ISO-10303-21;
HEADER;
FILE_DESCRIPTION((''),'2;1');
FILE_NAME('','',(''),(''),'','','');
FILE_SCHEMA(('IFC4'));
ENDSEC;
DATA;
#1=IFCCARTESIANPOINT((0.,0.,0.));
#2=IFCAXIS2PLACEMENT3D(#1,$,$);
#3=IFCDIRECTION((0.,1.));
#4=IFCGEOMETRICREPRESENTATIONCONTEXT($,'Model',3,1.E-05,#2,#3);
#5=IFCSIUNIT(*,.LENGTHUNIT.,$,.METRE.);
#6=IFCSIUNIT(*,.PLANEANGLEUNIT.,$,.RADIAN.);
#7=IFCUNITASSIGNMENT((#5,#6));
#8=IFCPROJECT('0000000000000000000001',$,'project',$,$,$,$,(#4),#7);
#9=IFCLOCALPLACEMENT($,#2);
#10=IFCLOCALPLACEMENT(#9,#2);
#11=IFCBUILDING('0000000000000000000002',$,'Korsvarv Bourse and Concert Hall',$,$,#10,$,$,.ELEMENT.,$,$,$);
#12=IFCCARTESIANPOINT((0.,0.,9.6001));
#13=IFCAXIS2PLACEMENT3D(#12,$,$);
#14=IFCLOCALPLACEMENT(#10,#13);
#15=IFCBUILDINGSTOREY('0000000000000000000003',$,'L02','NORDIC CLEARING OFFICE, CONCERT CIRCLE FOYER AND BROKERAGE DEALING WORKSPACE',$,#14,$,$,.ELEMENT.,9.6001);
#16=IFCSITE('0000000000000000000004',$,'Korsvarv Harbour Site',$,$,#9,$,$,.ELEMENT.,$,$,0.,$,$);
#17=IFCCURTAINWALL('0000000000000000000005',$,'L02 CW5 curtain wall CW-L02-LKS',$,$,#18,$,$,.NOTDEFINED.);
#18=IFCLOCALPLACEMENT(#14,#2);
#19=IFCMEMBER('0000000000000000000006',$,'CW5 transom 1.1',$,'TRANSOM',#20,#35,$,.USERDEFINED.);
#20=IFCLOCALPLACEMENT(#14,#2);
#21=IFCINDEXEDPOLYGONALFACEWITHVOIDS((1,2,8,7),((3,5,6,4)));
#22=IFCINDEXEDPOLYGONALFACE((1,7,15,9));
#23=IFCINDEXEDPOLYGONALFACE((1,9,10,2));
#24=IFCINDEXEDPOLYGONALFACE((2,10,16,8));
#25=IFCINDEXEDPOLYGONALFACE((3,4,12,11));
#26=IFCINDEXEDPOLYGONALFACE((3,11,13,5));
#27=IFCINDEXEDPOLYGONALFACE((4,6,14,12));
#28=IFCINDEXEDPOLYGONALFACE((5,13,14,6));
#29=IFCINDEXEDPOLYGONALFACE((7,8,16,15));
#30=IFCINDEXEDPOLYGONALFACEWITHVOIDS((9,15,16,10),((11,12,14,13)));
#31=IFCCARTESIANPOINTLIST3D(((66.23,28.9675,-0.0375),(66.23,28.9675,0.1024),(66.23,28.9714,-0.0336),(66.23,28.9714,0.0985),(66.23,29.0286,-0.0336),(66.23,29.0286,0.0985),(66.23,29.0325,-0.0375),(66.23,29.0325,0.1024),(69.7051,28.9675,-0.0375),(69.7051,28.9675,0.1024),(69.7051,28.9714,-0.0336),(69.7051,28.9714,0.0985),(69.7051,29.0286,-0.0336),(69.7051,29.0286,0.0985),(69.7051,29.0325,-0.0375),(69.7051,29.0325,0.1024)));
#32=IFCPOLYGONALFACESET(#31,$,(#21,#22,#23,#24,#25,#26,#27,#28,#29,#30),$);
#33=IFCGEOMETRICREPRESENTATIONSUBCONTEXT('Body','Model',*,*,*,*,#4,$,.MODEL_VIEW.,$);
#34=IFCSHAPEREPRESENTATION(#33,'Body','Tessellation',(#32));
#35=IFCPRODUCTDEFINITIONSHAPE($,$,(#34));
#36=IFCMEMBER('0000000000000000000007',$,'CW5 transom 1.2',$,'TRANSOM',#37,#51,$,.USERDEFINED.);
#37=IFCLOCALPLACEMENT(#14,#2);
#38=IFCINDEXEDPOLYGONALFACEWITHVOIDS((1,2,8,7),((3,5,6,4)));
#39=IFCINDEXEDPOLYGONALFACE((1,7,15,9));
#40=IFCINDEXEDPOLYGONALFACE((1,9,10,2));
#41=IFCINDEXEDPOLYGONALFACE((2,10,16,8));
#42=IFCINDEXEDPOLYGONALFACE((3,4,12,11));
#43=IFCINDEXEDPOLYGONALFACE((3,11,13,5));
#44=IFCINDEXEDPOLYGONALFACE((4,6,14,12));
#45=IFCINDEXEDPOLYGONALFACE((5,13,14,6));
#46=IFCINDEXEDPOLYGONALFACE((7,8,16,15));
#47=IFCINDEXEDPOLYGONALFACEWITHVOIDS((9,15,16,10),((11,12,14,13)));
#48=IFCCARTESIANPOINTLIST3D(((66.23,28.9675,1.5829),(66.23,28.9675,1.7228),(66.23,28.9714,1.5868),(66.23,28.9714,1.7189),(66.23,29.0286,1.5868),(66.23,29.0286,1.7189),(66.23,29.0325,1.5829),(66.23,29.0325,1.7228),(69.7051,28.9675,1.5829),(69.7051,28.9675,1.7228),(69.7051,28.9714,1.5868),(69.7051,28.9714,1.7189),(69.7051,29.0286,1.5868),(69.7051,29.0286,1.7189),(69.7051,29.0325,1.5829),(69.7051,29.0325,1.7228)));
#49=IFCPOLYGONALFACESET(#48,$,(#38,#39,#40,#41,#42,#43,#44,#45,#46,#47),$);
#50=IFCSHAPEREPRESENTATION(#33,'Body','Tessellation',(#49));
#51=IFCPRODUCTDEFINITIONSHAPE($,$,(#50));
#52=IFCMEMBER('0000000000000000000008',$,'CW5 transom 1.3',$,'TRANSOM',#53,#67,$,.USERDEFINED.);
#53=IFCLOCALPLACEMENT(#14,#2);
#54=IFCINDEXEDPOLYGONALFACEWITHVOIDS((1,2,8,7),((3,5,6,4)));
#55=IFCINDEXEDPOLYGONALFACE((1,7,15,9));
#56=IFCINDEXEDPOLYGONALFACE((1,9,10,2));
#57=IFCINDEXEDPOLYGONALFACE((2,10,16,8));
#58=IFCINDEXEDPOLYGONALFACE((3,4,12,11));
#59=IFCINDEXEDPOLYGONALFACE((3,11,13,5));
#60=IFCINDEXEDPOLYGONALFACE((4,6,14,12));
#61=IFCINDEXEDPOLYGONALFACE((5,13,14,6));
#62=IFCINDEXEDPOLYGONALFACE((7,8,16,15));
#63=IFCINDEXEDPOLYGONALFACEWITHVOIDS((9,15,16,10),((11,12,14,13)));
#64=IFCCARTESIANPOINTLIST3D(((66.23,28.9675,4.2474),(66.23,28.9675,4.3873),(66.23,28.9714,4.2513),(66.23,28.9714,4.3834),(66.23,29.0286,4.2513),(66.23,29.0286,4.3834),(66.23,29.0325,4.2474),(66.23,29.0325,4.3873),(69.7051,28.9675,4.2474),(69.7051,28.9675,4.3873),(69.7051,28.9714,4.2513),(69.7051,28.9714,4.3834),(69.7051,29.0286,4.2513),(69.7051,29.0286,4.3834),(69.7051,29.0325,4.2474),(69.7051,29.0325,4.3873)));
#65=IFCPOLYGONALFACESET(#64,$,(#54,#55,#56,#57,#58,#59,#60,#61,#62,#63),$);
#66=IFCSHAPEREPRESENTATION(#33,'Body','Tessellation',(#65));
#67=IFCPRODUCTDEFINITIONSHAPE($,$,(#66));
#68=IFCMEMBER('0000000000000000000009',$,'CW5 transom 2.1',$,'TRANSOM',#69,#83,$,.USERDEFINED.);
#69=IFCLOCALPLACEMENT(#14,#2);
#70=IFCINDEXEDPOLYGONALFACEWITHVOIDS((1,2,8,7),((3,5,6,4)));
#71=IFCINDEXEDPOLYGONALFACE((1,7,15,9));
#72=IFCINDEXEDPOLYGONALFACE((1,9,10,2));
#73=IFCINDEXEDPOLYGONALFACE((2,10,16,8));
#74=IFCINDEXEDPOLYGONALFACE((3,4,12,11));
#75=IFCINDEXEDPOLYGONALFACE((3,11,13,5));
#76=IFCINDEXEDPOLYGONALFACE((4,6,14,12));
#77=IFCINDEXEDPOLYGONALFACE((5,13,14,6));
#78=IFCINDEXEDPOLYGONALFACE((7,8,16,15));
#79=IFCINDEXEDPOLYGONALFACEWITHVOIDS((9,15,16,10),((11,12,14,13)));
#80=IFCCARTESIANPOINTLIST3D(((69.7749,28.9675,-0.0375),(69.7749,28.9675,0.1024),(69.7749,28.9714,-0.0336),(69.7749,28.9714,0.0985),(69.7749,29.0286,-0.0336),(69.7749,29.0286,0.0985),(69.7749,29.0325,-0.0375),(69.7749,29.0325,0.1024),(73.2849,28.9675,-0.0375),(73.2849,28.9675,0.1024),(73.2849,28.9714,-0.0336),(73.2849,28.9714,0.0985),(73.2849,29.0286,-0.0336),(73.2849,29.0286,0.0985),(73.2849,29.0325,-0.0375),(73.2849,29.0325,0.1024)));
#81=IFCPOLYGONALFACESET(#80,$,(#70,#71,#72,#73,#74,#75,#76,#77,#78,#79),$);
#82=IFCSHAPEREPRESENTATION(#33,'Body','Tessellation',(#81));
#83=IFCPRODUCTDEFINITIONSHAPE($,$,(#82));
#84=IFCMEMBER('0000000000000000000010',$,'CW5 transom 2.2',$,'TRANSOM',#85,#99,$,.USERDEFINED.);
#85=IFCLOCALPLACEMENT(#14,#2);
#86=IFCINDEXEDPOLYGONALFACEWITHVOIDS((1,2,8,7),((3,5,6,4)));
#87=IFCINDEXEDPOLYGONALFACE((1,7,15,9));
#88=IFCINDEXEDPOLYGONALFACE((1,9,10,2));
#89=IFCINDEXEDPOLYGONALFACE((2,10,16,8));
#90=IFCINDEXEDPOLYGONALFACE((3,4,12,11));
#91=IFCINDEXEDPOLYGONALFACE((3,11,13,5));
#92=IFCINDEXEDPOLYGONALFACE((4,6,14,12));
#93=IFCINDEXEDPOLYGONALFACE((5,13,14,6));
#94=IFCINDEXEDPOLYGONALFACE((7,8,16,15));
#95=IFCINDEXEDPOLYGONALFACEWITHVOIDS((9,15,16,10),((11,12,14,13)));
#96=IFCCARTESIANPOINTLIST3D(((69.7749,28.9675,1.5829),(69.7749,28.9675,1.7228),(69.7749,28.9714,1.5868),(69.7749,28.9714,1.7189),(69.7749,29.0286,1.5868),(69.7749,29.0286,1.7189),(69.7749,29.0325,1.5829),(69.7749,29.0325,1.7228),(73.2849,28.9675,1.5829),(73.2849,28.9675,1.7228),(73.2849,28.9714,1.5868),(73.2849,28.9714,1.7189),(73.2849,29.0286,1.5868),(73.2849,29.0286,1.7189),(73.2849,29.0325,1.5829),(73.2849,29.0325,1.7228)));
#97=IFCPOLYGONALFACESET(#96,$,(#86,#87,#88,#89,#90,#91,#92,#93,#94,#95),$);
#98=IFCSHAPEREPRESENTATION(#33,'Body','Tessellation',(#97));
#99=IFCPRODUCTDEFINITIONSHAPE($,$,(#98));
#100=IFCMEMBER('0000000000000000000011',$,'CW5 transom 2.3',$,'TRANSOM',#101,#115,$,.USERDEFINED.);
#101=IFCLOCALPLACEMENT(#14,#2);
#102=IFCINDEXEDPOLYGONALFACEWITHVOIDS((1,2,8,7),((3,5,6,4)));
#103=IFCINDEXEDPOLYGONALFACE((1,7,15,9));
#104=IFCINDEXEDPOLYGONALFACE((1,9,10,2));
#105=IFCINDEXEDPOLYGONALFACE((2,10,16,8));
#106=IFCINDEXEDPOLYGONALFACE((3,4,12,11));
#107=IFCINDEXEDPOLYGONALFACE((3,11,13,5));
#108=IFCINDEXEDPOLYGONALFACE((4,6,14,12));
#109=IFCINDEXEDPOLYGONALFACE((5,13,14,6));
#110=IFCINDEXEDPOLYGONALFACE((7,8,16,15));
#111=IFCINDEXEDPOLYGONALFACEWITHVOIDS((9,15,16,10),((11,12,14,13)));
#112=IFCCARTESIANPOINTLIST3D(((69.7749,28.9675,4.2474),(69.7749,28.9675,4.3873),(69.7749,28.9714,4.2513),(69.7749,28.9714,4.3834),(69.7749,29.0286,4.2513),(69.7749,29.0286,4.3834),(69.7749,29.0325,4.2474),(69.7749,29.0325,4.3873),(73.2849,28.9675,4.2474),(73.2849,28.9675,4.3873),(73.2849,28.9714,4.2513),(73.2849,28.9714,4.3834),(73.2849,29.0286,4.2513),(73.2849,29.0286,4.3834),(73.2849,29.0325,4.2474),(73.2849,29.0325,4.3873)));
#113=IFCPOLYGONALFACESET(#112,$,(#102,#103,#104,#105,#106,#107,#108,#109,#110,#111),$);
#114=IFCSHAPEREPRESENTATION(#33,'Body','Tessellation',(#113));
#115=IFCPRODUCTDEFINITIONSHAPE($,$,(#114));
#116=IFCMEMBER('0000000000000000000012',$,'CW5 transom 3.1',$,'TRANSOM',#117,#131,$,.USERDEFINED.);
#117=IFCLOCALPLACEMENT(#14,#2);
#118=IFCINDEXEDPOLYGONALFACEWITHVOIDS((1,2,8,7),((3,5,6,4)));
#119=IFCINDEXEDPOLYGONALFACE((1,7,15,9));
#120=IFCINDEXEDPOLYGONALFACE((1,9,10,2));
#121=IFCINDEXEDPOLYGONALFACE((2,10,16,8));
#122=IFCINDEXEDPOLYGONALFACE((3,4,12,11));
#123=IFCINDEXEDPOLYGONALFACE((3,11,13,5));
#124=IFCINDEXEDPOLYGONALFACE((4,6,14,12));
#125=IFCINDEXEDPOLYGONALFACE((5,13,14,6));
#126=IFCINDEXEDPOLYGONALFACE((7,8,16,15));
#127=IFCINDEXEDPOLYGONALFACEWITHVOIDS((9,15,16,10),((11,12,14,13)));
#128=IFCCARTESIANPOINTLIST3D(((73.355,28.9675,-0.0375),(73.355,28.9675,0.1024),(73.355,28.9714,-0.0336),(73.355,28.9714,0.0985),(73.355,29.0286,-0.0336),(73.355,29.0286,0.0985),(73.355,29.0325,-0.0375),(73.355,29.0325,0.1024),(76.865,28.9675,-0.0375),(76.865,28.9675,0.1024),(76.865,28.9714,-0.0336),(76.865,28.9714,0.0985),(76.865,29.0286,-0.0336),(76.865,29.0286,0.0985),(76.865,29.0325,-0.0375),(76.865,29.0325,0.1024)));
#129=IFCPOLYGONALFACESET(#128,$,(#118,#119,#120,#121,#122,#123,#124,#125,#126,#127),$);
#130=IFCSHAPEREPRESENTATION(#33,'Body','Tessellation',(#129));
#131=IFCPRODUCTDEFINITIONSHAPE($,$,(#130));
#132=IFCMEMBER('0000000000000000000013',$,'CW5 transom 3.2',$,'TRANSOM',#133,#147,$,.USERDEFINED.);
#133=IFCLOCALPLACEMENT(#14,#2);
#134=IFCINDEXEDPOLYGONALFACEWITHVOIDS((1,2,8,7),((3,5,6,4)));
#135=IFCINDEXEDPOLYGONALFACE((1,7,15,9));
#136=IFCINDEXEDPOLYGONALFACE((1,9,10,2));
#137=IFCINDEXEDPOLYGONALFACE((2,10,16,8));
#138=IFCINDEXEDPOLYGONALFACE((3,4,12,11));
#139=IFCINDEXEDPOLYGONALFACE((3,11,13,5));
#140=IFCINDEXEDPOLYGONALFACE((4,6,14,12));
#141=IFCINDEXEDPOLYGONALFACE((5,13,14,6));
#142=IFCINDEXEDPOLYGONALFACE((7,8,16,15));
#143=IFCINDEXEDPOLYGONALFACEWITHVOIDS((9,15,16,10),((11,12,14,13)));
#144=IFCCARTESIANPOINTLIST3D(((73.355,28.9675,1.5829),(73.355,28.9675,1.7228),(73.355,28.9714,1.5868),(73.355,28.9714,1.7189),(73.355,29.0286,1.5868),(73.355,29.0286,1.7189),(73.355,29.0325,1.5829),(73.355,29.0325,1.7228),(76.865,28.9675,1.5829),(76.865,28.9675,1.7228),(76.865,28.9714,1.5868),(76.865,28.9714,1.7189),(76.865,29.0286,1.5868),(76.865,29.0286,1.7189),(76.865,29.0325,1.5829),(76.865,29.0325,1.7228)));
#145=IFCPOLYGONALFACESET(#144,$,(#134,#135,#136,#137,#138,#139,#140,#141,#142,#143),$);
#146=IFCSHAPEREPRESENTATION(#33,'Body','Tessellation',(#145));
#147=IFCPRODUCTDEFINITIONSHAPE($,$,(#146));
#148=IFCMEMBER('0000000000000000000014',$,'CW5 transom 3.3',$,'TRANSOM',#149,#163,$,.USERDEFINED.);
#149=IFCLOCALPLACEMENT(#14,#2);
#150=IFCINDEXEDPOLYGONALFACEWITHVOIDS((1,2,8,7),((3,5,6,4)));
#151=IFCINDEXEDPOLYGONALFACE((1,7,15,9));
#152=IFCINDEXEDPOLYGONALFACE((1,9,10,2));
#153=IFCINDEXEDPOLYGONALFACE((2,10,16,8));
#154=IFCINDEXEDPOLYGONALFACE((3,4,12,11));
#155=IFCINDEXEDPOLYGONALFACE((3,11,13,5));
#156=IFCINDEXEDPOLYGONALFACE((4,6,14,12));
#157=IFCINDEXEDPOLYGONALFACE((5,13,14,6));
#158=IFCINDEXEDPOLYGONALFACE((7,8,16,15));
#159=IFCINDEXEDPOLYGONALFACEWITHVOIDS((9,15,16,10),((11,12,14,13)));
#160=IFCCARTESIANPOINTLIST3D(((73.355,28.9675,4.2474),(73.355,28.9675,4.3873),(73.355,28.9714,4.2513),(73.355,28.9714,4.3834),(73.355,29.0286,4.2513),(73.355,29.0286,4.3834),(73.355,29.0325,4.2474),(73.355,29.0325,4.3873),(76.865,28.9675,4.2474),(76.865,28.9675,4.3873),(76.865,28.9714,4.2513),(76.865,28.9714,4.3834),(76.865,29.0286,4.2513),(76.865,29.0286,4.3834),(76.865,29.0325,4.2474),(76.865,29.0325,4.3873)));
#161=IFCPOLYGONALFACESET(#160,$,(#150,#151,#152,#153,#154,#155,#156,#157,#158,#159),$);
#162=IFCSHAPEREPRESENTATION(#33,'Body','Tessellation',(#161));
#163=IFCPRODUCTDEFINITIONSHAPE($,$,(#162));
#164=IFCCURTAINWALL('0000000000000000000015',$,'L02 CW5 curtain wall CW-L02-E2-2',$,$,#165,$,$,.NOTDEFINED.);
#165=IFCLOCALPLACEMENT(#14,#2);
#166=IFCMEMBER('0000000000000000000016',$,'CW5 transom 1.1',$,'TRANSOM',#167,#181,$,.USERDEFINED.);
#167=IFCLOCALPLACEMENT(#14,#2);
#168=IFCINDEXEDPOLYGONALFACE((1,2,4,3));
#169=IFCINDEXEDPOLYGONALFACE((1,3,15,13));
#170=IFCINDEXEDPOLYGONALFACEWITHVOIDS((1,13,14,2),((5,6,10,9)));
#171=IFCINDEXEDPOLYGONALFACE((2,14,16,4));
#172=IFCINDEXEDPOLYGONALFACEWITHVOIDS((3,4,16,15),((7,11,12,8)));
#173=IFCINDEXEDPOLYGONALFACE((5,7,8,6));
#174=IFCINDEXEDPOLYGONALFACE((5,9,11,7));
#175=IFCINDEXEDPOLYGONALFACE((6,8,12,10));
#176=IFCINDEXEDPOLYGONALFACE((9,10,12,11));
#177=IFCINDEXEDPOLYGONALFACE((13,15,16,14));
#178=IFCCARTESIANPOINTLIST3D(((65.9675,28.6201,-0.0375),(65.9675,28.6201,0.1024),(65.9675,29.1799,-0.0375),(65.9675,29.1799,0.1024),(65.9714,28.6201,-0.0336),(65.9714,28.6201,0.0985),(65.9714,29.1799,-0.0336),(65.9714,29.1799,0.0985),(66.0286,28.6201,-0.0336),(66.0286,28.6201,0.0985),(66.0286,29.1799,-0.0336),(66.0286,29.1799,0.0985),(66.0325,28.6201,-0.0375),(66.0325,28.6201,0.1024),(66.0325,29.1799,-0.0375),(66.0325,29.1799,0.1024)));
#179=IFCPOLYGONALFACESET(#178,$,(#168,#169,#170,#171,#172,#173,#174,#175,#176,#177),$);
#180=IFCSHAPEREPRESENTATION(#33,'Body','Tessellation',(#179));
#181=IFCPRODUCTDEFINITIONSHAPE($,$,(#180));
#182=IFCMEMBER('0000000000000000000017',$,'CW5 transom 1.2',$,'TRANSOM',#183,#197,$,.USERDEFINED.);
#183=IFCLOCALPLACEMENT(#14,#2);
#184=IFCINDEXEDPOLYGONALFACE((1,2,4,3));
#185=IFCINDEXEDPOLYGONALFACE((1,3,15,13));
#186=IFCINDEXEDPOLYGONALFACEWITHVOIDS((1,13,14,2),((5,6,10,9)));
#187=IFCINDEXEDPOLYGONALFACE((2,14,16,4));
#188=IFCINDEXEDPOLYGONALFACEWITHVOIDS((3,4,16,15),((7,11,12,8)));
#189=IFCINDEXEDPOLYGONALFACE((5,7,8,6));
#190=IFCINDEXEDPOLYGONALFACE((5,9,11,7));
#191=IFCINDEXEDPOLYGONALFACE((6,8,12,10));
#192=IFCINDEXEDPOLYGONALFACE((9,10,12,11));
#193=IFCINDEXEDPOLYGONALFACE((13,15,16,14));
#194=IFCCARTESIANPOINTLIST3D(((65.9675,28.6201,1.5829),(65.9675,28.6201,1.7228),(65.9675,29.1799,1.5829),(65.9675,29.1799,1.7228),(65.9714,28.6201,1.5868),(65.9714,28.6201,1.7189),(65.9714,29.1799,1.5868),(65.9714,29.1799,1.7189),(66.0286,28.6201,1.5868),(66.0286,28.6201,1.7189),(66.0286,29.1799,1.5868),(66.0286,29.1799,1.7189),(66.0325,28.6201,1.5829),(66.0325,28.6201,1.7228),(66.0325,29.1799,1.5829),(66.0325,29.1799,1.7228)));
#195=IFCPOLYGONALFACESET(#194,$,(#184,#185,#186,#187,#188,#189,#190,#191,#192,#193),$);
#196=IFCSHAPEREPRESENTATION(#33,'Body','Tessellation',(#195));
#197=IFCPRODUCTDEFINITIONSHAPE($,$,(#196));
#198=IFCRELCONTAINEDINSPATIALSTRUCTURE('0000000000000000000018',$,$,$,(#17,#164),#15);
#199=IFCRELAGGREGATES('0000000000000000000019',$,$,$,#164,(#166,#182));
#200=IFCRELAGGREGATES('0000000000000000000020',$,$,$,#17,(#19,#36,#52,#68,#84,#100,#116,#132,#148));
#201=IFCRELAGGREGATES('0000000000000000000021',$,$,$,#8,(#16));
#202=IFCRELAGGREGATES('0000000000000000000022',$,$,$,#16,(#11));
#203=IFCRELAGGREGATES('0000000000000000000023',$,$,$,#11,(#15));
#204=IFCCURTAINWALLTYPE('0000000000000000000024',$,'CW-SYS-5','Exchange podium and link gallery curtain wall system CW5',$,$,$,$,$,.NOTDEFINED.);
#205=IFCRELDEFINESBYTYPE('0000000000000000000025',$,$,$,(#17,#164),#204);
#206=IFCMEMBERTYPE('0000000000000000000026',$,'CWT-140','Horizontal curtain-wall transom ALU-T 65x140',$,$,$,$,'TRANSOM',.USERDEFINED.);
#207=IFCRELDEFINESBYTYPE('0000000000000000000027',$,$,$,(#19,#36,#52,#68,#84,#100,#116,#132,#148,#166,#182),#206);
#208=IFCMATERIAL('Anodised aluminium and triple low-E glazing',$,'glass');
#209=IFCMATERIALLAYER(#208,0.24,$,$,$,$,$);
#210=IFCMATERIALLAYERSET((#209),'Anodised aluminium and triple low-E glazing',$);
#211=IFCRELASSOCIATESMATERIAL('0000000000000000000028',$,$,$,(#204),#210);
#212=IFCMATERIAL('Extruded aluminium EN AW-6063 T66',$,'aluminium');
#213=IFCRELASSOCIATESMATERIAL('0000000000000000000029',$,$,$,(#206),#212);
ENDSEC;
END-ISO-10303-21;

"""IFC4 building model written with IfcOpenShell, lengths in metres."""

from ifc_helpers import new_model, si_unit, direction, frame, origin, origin_2d, place, context, subcontext, project, spatial, hollow_rectangle, extrude, source, transform, mapped, material, layer, layer_set, material_profile, profile_set, type_object, element, aggregate, save


model = new_model("IFC4")

# Units and contexts
model_context = context("Model", 3, precision=1e-05, world=origin(), true_north=direction((0.0, 1.0)))
body_context = subcontext(model_context, "Body", "Model", "MODEL_VIEW")
ifc_project = project(units=[si_unit("LENGTHUNIT", "METRE"), si_unit("PLANEANGLEUNIT", "RADIAN")], contexts=[model_context])

# Site, building, storey
site_placement = place(None, origin())
site = spatial("IfcSite", under=ifc_project, at=site_placement, Name="Korsvarv Harbour Site", CompositionType="ELEMENT", RefElevation=0.0)
building_placement = place(site_placement, origin())
building = spatial("IfcBuilding", under=site, at=building_placement, Name="Korsvarv Bourse and Concert Hall", CompositionType="ELEMENT")
storey_placement = place(building_placement, frame((0.0, 0.0, 9.6001)))
storey = spatial("IfcBuildingStorey", under=building, at=storey_placement, Name="L02", Description="NORDIC CLEARING OFFICE, CONCERT CIRCLE FOYER AND BROKERAGE DEALING WORKSPACE", CompositionType="ELEMENT", Elevation=9.6001)

# Curtain walls, members
ifc_material_1 = material(Name="Anodised aluminium and triple low-E glazing", Category="glass")
ifc_layer_1 = layer(ifc_material_1, 0.24)
ifc_layer_set_1 = layer_set([ifc_layer_1], Name="Anodised aluminium and triple low-E glazing")
curtain_wall_type = type_object("IfcCurtainWallType", Name="CW-SYS-5", Description="Exchange podium and link gallery curtain wall system CW5", PredefinedType="NOTDEFINED", material=ifc_layer_set_1)
curtain_wall_1_placement = place(storey_placement, origin())
curtain_wall_1 = element("IfcCurtainWall", 1, at=curtain_wall_1_placement, inside=storey, type_object=curtain_wall_type, Name="L02 CW5 curtain wall CW-L02-LKS", PredefinedType="NOTDEFINED")
ifc_material_2 = material(Name="Extruded aluminium EN AW-6063 T66", Category="aluminium")
ifc_material_profile_1 = material_profile(ifc_material_2, hollow_rectangle(XDim=0.0649, YDim=0.1399, WallThickness=0.0039, at=origin_2d()), Name="ALU-T 65x140")
ifc_profile_set_1 = profile_set([ifc_material_profile_1], Name="Extruded aluminium EN AW-6063 T66")
member_type_1 = type_object("IfcMemberType", Name="CWT-140", Description="Horizontal curtain-wall transom ALU-T 65x140", ElementType="TRANSOM", PredefinedType="USERDEFINED", material=ifc_profile_set_1)
shared_shape_1 = source(origin(), body_context, "Body", "SweptSolid", [
    extrude(hollow_rectangle(XDim=0.0649, YDim=0.1399, WallThickness=0.0039, at=origin_2d()), origin(), (0.0, 0.0, 1.0), 3.4751),
])
member_1_placement = place(storey_placement, frame((66.23, 29.0, 0.0325), z_axis=(1.0, 0.0, 0.0), x_axis=(0.0, 1.0, 0.0)))
member_1 = element("IfcMember", 2, at=member_1_placement, type_object=member_type_1, Name="CW5 transom 1.1", ObjectType="TRANSOM", PredefinedType="USERDEFINED", context=body_context, shape_type="MappedRepresentation", body=[
    mapped(shared_shape_1, transform((0.0, 0.0, 0.0), scale=1.0)),
])
member_2_placement = place(storey_placement, frame((66.23, 29.0, 1.6528), z_axis=(1.0, 0.0, 0.0), x_axis=(0.0, 1.0, 0.0)))
member_2 = element("IfcMember", 3, at=member_2_placement, type_object=member_type_1, Name="CW5 transom 1.2", ObjectType="TRANSOM", PredefinedType="USERDEFINED", context=body_context, shape_type="MappedRepresentation", body=[
    mapped(shared_shape_1, transform((0.0, 0.0, 0.0), scale=1.0)),
])
member_3_placement = place(storey_placement, frame((66.23, 29.0, 4.3174), z_axis=(1.0, 0.0, 0.0), x_axis=(0.0, 1.0, 0.0)))
member_3 = element("IfcMember", 4, at=member_3_placement, type_object=member_type_1, Name="CW5 transom 1.3", ObjectType="TRANSOM", PredefinedType="USERDEFINED", context=body_context, shape_type="MappedRepresentation", body=[
    mapped(shared_shape_1, transform((0.0, 0.0, 0.0), scale=1.0)),
])
shared_shape_2 = source(origin(), body_context, "Body", "SweptSolid", [
    extrude(hollow_rectangle(XDim=0.0649, YDim=0.1399, WallThickness=0.0039, at=origin_2d()), origin(), (0.0, 0.0, 1.0), 3.51),
])
member_4_placement = place(storey_placement, frame((69.7749, 29.0, 0.0325), z_axis=(1.0, 0.0, 0.0), x_axis=(0.0, 1.0, 0.0)))
member_4 = element("IfcMember", 5, at=member_4_placement, type_object=member_type_1, Name="CW5 transom 2.1", ObjectType="TRANSOM", PredefinedType="USERDEFINED", context=body_context, shape_type="MappedRepresentation", body=[
    mapped(shared_shape_2, transform((0.0, 0.0, 0.0), scale=1.0)),
])
member_5_placement = place(storey_placement, frame((69.7749, 29.0, 1.6528), z_axis=(1.0, 0.0, 0.0), x_axis=(0.0, 1.0, 0.0)))
member_5 = element("IfcMember", 6, at=member_5_placement, type_object=member_type_1, Name="CW5 transom 2.2", ObjectType="TRANSOM", PredefinedType="USERDEFINED", context=body_context, shape_type="MappedRepresentation", body=[
    mapped(shared_shape_2, transform((0.0, 0.0, 0.0), scale=1.0)),
])
member_6_placement = place(storey_placement, frame((69.7749, 29.0, 4.3174), z_axis=(1.0, 0.0, 0.0), x_axis=(0.0, 1.0, 0.0)))
member_6 = element("IfcMember", 7, at=member_6_placement, type_object=member_type_1, Name="CW5 transom 2.3", ObjectType="TRANSOM", PredefinedType="USERDEFINED", context=body_context, shape_type="MappedRepresentation", body=[
    mapped(shared_shape_2, transform((0.0, 0.0, 0.0), scale=1.0)),
])
member_7_placement = place(storey_placement, frame((73.355, 29.0, 0.0325), z_axis=(1.0, 0.0, 0.0), x_axis=(0.0, 1.0, 0.0)))
member_7 = element("IfcMember", 8, at=member_7_placement, type_object=member_type_1, Name="CW5 transom 3.1", ObjectType="TRANSOM", PredefinedType="USERDEFINED", context=body_context, shape_type="MappedRepresentation", body=[
    mapped(shared_shape_2, transform((0.0, 0.0, 0.0), scale=1.0)),
])
member_8_placement = place(storey_placement, frame((73.355, 29.0, 1.6528), z_axis=(1.0, 0.0, 0.0), x_axis=(0.0, 1.0, 0.0)))
member_8 = element("IfcMember", 9, at=member_8_placement, type_object=member_type_1, Name="CW5 transom 3.2", ObjectType="TRANSOM", PredefinedType="USERDEFINED", context=body_context, shape_type="MappedRepresentation", body=[
    mapped(shared_shape_2, transform((0.0, 0.0, 0.0), scale=1.0)),
])
member_9_placement = place(storey_placement, frame((73.355, 29.0, 4.3174), z_axis=(1.0, 0.0, 0.0), x_axis=(0.0, 1.0, 0.0)))
member_9 = element("IfcMember", 10, at=member_9_placement, type_object=member_type_1, Name="CW5 transom 3.3", ObjectType="TRANSOM", PredefinedType="USERDEFINED", context=body_context, shape_type="MappedRepresentation", body=[
    mapped(shared_shape_2, transform((0.0, 0.0, 0.0), scale=1.0)),
])
curtain_wall_2_placement = place(storey_placement, origin())
curtain_wall_2 = element("IfcCurtainWall", 11, at=curtain_wall_2_placement, inside=storey, type_object=curtain_wall_type, Name="L02 CW5 curtain wall CW-L02-E2-2", PredefinedType="NOTDEFINED")
shared_shape_3 = source(origin(), body_context, "Body", "SweptSolid", [
    extrude(hollow_rectangle(XDim=0.0649, YDim=0.1399, WallThickness=0.0039, at=origin_2d()), origin(), (0.0, 0.0, 1.0), 0.5598),
])
member_10_placement = place(storey_placement, frame((66.0, 28.6201, 0.0325), z_axis=(0.0, 1.0, 0.0), x_axis=(-1.0, 0.0, 0.0)))
member_10 = element("IfcMember", 12, at=member_10_placement, type_object=member_type_1, Name="CW5 transom 1.1", ObjectType="TRANSOM", PredefinedType="USERDEFINED", context=body_context, shape_type="MappedRepresentation", body=[
    mapped(shared_shape_3, transform((0.0, 0.0, 0.0), scale=1.0)),
])
member_11_placement = place(storey_placement, frame((66.0, 28.6201, 1.6528), z_axis=(0.0, 1.0, 0.0), x_axis=(-1.0, 0.0, 0.0)))
member_11 = element("IfcMember", 13, at=member_11_placement, type_object=member_type_1, Name="CW5 transom 1.2", ObjectType="TRANSOM", PredefinedType="USERDEFINED", context=body_context, shape_type="MappedRepresentation", body=[
    mapped(shared_shape_3, transform((0.0, 0.0, 0.0), scale=1.0)),
])

aggregate(curtain_wall_2, [member_10, member_11])
aggregate(curtain_wall_1, [member_1, member_2, member_3, member_4, member_5, member_6, member_7, member_8, member_9])

save(model, "model.ifc")
